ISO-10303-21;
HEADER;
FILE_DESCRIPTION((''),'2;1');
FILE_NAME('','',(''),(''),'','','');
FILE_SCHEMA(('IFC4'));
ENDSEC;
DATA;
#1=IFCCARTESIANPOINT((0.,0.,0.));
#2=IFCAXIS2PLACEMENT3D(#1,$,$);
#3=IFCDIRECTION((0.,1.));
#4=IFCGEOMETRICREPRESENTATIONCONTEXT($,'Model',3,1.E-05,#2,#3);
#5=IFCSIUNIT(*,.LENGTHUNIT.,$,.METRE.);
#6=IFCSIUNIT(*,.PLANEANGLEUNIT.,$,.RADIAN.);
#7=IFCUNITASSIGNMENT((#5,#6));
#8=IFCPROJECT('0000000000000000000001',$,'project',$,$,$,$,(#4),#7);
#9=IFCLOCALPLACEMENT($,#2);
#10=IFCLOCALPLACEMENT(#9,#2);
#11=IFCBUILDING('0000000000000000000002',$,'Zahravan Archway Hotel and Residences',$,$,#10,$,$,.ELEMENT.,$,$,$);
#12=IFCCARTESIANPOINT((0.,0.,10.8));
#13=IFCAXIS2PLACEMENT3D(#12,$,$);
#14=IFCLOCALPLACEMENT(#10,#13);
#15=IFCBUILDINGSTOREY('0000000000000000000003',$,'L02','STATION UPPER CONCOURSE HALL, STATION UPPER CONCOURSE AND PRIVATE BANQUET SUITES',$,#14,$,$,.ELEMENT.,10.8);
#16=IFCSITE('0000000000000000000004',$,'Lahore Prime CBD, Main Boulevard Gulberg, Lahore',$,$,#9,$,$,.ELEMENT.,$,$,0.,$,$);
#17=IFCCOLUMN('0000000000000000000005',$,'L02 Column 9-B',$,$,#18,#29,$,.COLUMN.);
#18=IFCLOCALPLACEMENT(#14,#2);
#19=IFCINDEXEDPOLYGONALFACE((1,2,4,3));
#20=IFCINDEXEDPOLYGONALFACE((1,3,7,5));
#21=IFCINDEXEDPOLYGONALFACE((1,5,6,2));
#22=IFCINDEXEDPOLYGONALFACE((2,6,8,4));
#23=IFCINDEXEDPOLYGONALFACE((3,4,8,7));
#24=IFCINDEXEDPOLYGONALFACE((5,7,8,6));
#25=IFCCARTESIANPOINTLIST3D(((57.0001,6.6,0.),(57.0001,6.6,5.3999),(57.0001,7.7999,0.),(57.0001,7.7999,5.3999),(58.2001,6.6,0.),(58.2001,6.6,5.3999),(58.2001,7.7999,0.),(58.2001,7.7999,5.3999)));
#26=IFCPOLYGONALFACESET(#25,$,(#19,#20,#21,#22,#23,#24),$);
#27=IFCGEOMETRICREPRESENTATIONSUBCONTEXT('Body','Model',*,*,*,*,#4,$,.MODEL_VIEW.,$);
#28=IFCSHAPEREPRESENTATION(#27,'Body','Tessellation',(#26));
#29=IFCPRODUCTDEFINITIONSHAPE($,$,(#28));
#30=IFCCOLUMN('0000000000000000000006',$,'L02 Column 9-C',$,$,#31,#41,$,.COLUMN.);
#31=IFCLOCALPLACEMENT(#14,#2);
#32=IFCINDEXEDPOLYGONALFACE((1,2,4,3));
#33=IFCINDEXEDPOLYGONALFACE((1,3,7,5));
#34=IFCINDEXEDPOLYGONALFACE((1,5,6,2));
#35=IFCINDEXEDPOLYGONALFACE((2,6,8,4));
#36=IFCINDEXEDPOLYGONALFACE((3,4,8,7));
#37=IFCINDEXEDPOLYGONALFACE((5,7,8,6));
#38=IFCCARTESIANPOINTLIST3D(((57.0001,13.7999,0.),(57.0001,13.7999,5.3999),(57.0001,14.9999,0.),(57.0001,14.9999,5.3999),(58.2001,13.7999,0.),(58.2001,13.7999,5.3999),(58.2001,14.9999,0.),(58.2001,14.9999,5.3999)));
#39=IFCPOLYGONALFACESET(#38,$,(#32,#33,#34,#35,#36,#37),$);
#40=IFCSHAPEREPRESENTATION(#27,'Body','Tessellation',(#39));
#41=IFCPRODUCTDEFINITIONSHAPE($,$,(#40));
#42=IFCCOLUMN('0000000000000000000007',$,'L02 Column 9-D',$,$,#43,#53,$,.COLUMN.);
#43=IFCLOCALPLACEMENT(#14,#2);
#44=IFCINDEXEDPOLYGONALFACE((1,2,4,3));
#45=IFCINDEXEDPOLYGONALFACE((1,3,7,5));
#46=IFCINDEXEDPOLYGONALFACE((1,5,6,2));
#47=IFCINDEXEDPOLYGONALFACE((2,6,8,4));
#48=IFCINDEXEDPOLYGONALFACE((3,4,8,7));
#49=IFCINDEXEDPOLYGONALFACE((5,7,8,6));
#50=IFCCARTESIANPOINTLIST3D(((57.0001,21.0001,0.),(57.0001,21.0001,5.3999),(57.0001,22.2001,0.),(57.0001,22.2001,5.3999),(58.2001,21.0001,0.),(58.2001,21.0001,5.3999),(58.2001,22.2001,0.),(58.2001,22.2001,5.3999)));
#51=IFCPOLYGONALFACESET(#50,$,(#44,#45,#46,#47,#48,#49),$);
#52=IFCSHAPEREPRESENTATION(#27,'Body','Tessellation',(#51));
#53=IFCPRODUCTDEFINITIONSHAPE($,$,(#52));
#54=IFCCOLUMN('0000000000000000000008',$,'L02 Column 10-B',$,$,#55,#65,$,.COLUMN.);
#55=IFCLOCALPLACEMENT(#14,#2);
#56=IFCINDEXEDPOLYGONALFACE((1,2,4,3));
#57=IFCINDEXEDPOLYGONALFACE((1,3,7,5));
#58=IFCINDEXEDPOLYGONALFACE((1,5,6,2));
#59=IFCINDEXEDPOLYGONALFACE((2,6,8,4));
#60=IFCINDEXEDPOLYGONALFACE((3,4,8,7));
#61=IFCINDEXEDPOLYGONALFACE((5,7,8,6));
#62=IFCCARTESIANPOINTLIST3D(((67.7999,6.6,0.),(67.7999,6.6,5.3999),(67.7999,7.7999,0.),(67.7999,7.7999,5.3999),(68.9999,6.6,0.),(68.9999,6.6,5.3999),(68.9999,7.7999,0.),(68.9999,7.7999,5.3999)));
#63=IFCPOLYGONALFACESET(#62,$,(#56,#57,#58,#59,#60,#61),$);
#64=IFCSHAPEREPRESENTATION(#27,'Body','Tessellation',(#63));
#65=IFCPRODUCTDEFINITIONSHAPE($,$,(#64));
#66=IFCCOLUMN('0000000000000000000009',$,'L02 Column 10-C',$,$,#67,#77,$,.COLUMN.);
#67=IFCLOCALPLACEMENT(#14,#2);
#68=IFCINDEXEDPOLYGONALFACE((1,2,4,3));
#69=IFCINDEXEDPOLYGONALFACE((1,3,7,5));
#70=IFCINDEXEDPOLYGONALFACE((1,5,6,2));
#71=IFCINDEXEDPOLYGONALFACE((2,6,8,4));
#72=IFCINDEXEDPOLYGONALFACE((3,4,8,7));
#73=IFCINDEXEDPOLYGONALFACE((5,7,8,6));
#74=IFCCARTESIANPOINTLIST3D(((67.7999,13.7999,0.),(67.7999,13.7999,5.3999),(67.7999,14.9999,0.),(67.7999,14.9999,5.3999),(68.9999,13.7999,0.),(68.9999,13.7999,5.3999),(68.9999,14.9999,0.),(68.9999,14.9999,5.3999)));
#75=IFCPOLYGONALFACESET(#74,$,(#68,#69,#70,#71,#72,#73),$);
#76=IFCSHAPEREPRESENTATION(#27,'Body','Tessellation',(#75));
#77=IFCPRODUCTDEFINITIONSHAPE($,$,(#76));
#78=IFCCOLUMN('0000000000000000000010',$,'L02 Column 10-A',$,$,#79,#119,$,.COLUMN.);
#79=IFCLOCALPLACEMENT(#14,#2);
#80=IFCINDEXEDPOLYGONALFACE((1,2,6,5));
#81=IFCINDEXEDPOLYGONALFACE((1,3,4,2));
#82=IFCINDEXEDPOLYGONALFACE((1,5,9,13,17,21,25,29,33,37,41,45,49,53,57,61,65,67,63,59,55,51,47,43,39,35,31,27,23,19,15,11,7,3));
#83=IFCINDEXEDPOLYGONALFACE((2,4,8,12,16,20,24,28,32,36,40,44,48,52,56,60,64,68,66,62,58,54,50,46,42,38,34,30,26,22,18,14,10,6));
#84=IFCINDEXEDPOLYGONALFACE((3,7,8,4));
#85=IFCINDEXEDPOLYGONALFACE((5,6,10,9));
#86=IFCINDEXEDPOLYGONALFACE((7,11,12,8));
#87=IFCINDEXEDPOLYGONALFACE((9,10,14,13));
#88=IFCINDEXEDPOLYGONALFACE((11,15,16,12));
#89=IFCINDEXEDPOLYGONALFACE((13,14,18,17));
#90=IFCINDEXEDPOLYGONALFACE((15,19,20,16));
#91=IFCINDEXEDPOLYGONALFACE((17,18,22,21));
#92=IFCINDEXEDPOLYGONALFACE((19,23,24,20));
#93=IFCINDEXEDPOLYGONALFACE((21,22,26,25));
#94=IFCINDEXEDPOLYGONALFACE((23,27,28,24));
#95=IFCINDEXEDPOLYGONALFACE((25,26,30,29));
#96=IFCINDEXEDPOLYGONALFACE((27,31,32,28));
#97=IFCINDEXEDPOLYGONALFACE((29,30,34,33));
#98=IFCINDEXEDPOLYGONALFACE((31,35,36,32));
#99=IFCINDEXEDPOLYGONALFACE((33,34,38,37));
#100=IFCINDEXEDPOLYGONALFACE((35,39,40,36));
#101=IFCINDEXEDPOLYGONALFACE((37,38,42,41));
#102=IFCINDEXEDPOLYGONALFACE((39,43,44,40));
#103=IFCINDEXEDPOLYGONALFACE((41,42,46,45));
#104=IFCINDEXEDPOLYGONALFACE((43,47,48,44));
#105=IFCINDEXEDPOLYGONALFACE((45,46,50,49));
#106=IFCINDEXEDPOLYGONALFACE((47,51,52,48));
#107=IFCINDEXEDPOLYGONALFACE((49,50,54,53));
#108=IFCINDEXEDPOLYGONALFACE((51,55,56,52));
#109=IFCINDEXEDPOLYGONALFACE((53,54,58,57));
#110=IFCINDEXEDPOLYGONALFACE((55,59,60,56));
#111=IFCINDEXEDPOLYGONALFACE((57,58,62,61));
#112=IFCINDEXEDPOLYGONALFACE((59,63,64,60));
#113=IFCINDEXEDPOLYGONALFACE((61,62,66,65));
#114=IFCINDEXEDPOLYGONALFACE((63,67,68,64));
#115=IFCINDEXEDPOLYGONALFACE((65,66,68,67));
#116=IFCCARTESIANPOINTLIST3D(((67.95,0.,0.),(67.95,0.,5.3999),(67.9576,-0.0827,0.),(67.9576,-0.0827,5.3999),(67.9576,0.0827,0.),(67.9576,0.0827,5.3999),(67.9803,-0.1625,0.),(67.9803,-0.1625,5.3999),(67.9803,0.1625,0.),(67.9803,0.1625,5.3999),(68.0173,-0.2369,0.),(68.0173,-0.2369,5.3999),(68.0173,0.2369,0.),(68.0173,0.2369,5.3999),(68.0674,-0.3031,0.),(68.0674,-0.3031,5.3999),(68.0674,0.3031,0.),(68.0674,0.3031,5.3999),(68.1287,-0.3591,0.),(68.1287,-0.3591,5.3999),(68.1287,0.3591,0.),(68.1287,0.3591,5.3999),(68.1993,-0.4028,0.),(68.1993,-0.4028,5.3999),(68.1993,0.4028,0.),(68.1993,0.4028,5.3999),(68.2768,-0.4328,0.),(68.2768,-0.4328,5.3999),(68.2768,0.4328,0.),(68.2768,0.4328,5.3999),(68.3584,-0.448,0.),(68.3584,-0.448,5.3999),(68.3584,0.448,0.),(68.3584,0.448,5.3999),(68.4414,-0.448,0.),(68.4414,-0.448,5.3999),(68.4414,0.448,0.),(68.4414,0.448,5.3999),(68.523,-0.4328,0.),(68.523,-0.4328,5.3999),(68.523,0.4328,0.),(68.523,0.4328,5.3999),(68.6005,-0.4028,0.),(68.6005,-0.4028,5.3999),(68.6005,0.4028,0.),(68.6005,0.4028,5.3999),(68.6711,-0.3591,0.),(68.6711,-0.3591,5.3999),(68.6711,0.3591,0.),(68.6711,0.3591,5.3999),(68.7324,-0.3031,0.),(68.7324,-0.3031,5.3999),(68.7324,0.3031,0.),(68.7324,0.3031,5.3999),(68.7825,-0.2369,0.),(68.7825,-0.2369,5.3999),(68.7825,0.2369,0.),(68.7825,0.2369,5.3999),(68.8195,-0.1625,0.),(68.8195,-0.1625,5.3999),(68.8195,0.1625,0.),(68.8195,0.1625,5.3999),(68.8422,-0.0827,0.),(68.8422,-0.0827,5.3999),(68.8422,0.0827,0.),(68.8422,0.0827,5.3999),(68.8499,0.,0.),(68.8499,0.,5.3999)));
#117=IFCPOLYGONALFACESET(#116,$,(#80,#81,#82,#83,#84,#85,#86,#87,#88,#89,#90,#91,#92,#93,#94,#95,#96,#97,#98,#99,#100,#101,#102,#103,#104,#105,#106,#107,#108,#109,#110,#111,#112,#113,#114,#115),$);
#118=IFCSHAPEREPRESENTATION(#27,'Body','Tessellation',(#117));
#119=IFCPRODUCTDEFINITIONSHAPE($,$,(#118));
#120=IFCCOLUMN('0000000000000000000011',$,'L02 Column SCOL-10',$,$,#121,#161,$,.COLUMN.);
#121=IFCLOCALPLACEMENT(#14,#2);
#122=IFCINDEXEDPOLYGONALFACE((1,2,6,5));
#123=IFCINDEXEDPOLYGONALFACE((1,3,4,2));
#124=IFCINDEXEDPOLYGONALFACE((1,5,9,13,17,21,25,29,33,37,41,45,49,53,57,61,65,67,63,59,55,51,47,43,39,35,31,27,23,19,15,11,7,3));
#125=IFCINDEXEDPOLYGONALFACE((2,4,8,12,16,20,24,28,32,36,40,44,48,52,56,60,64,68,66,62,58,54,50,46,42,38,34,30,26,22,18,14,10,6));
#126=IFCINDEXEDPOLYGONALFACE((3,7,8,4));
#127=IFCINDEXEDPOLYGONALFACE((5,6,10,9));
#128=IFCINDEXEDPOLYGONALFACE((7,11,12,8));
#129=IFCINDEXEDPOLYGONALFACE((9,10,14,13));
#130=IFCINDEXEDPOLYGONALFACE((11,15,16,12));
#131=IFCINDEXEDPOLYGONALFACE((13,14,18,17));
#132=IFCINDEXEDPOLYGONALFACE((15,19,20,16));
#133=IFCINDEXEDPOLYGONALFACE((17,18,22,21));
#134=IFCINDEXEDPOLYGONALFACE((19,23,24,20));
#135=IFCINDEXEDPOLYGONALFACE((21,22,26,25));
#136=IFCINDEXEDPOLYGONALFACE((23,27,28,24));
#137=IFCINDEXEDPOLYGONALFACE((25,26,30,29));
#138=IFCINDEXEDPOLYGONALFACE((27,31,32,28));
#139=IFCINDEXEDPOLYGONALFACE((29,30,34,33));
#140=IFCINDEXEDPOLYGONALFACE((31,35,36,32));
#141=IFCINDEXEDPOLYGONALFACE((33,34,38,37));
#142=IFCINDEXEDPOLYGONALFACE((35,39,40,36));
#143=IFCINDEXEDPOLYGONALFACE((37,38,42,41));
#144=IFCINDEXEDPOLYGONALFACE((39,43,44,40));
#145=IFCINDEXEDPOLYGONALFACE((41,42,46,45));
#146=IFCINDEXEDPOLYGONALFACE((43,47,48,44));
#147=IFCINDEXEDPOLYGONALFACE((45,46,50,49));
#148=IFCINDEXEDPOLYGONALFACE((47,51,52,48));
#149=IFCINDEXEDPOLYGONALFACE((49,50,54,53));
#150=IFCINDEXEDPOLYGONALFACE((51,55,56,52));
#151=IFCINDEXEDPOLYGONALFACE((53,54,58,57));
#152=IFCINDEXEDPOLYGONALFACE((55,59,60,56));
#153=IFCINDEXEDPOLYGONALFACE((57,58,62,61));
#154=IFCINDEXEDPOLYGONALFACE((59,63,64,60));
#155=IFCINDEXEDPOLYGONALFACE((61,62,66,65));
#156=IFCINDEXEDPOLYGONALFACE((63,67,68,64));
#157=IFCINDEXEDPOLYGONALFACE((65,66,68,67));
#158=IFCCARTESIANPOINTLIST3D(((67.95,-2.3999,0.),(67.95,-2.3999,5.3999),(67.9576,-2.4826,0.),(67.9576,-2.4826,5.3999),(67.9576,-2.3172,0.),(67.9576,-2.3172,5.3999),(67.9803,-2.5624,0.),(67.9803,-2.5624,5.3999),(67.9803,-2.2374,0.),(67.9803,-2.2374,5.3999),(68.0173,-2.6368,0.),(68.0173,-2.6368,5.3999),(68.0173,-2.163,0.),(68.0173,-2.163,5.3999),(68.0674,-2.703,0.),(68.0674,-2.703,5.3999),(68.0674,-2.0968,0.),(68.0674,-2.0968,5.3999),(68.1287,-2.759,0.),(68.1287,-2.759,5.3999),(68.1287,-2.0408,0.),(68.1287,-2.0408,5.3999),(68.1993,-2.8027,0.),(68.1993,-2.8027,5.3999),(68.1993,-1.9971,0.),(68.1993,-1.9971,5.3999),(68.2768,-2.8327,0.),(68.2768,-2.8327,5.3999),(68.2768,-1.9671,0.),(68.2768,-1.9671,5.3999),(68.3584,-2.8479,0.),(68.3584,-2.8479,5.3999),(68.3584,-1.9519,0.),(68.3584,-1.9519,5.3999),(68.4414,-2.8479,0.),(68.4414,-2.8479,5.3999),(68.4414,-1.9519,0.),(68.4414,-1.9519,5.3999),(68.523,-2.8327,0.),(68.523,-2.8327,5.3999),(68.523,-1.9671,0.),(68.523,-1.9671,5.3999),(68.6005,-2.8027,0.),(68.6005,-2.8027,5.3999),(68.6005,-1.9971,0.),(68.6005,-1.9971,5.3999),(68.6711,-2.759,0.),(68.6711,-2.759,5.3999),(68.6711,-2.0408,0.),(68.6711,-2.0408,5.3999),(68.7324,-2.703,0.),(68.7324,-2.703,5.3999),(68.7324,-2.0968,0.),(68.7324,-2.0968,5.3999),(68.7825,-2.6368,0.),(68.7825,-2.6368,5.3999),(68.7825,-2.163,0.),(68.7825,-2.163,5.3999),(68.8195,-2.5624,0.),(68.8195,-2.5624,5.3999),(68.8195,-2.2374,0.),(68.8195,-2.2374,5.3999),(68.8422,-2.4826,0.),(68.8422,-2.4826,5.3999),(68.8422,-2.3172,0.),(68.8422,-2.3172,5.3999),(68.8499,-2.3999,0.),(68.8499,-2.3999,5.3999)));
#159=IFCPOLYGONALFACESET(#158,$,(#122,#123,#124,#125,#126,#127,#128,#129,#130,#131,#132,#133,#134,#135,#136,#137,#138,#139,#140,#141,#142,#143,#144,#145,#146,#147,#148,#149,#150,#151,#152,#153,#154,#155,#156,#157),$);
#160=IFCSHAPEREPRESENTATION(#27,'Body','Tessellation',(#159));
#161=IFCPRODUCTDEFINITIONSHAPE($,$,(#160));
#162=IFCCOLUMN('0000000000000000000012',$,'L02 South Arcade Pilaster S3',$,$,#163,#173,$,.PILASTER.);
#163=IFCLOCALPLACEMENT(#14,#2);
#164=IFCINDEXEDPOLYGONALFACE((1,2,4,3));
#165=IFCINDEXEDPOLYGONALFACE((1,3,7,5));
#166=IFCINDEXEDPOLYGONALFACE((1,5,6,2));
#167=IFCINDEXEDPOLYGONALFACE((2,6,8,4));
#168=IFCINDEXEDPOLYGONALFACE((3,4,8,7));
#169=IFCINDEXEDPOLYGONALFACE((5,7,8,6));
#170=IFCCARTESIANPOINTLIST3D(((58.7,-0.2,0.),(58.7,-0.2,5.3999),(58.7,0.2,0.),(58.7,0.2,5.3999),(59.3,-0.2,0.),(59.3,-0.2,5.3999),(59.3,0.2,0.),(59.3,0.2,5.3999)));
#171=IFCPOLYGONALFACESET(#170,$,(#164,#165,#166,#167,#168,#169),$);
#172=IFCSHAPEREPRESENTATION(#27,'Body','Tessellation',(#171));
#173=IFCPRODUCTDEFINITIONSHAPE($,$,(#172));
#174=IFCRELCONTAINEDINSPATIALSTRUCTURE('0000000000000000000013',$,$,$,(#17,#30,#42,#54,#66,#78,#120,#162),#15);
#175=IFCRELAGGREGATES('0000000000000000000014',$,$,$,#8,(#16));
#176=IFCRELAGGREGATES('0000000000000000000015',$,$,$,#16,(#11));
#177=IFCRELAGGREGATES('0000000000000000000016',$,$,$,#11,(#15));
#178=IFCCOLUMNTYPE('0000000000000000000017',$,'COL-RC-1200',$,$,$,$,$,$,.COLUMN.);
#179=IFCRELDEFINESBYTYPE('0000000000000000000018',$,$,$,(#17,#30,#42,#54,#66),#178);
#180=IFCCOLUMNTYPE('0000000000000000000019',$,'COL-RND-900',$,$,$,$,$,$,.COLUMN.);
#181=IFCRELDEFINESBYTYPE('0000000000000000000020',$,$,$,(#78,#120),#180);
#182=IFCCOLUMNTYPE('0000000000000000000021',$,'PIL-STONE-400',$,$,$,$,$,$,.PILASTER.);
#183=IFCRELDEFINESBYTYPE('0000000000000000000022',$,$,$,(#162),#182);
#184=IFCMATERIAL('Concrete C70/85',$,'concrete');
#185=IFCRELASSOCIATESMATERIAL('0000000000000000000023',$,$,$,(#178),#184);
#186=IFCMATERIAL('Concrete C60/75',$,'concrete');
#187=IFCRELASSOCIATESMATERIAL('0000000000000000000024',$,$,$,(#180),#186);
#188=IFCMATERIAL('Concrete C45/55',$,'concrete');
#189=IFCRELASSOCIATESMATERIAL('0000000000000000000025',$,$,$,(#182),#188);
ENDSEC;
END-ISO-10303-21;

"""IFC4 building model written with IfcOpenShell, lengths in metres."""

from ifc_helpers import new_model, si_unit, direction, frame, origin, origin_2d, place, context, subcontext, project, spatial, rectangle, circle, extrude, source, transform, mapped, material, material_profile, profile_set, type_object, type_shapes, element, save


model = new_model("IFC4")

# Units and contexts
model_context = context("Model", 3, precision=1e-05, world=origin(), true_north=direction((0.0, 1.0)))
body_context = subcontext(model_context, "Body", "Model", "MODEL_VIEW")
ifc_project = project(units=[si_unit("LENGTHUNIT", "METRE"), si_unit("PLANEANGLEUNIT", "RADIAN")], contexts=[model_context])

# Site, building, storey
site_placement = place(None, origin())
site = spatial("IfcSite", under=ifc_project, at=site_placement, Name="Lahore Prime CBD, Main Boulevard Gulberg, Lahore", CompositionType="ELEMENT", RefElevation=0.0)
building_placement = place(site_placement, origin())
building = spatial("IfcBuilding", under=site, at=building_placement, Name="Zahravan Archway Hotel and Residences", CompositionType="ELEMENT")
storey_placement = place(building_placement, frame((0.0, 0.0, 10.8)))
storey = spatial("IfcBuildingStorey", under=building, at=storey_placement, Name="L02", Description="STATION UPPER CONCOURSE HALL, STATION UPPER CONCOURSE AND PRIVATE BANQUET SUITES", CompositionType="ELEMENT", Elevation=10.8)

# Columns
ifc_material_1 = material(Name="Concrete C70/85", Category="concrete")
ifc_material_profile_1 = material_profile(ifc_material_1, rectangle(XDim=1.2, YDim=1.2, at=origin_2d()), Name="RC-COL-1200x1200", Category="concrete")
ifc_profile_set_1 = profile_set([ifc_material_profile_1], Name="Concrete C70/85")
column_type_1 = type_object("IfcColumnType", Name="COL-RC-1200", PredefinedType="COLUMN", material=ifc_profile_set_1)
shared_shape_1 = source(origin(), body_context, "Body", "SweptSolid", [
    extrude(rectangle(XDim=1.2, YDim=1.2, at=origin_2d()), origin(), (0.0, 0.0, 1.0), 5.3999),
])
for number, where, z_axis, x_axis, name in (
    (1, (57.6001, 7.2, 0.0), (0.0, 0.0, 1.0), (1.0, 0.0, 0.0), "L02 Column 9-B"),
    (2, (57.6001, 14.3999, 0.0), (0.0, 0.0, 1.0), (1.0, 0.0, 0.0), "L02 Column 9-C"),
    (3, (57.6001, 21.6001, 0.0), (0.0, 0.0, 1.0), (1.0, 0.0, 0.0), "L02 Column 9-D"),
    (4, (68.3999, 7.2, 0.0), (0.0, 0.0, 1.0), (1.0, 0.0, 0.0), "L02 Column 10-B"),
    (5, (68.3999, 14.3999, 0.0), (0.0, 0.0, 1.0), (1.0, 0.0, 0.0), "L02 Column 10-C"),
):
    element("IfcColumn", number, at=place(storey_placement, frame(where, z_axis=z_axis, x_axis=x_axis)), inside=storey, type_object=column_type_1, Name=name, PredefinedType="COLUMN", context=body_context, shape_type="MappedRepresentation", body=[
        mapped(shared_shape_1, transform((0.0, 0.0, 0.0), scale=1.0)),
    ])
ifc_material_2 = material(Name="Concrete C60/75", Category="concrete")
ifc_material_profile_2 = material_profile(ifc_material_2, circle(Radius=0.45, at=origin_2d()), Name="RC-CIRC-900", Category="concrete")
ifc_profile_set_2 = profile_set([ifc_material_profile_2], Name="Concrete C60/75")
column_type_2 = type_object("IfcColumnType", Name="COL-RND-900", PredefinedType="COLUMN", material=ifc_profile_set_2)
shared_shape_2 = source(origin(), body_context, "Body", "SweptSolid", [
    extrude(circle(Radius=0.45, at=origin_2d()), origin(), (0.0, 0.0, 1.0), 5.3999),
])
type_shapes(column_type_2, [shared_shape_2])
for number, where, z_axis, x_axis, name in (
    (6, (68.3999, 0.0, 0.0), (0.0, 0.0, 1.0), (1.0, 0.0, 0.0), "L02 Column 10-A"),
    (7, (68.3999, -2.3999, 0.0), (0.0, 0.0, 1.0), (1.0, 0.0, 0.0), "L02 Column SCOL-10"),
):
    element("IfcColumn", number, at=place(storey_placement, frame(where, z_axis=z_axis, x_axis=x_axis)), inside=storey, type_object=column_type_2, Name=name, PredefinedType="COLUMN", context=body_context, shape_type="MappedRepresentation", body=[
        mapped(shared_shape_2, transform((0.0, 0.0, 0.0), scale=1.0)),
    ])
ifc_material_3 = material(Name="Concrete C45/55", Category="concrete")
ifc_material_profile_3 = material_profile(ifc_material_3, rectangle(XDim=0.6001, YDim=0.3999, at=origin_2d()), Name="RC-PIL-600x400", Category="concrete")
ifc_profile_set_3 = profile_set([ifc_material_profile_3], Name="Concrete C45/55")
column_type_3 = type_object("IfcColumnType", Name="PIL-STONE-400", PredefinedType="PILASTER", material=ifc_profile_set_3)
shared_shape_3 = source(origin(), body_context, "Body", "SweptSolid", [
    extrude(rectangle(XDim=0.6001, YDim=0.3999, at=origin_2d()), origin(), (0.0, 0.0, 1.0), 5.3999),
])
column_placement = place(storey_placement, frame((59.0, 0.0, 0.0), z_axis=(0.0, 0.0, 1.0), x_axis=(1.0, 0.0, 0.0)))
element("IfcColumn", 8, at=column_placement, inside=storey, type_object=column_type_3, Name="L02 South Arcade Pilaster S3", PredefinedType="PILASTER", context=body_context, shape_type="MappedRepresentation", body=[
    mapped(shared_shape_3, transform((0.0, 0.0, 0.0), scale=1.0)),
])

save(model, "model.ifc")
